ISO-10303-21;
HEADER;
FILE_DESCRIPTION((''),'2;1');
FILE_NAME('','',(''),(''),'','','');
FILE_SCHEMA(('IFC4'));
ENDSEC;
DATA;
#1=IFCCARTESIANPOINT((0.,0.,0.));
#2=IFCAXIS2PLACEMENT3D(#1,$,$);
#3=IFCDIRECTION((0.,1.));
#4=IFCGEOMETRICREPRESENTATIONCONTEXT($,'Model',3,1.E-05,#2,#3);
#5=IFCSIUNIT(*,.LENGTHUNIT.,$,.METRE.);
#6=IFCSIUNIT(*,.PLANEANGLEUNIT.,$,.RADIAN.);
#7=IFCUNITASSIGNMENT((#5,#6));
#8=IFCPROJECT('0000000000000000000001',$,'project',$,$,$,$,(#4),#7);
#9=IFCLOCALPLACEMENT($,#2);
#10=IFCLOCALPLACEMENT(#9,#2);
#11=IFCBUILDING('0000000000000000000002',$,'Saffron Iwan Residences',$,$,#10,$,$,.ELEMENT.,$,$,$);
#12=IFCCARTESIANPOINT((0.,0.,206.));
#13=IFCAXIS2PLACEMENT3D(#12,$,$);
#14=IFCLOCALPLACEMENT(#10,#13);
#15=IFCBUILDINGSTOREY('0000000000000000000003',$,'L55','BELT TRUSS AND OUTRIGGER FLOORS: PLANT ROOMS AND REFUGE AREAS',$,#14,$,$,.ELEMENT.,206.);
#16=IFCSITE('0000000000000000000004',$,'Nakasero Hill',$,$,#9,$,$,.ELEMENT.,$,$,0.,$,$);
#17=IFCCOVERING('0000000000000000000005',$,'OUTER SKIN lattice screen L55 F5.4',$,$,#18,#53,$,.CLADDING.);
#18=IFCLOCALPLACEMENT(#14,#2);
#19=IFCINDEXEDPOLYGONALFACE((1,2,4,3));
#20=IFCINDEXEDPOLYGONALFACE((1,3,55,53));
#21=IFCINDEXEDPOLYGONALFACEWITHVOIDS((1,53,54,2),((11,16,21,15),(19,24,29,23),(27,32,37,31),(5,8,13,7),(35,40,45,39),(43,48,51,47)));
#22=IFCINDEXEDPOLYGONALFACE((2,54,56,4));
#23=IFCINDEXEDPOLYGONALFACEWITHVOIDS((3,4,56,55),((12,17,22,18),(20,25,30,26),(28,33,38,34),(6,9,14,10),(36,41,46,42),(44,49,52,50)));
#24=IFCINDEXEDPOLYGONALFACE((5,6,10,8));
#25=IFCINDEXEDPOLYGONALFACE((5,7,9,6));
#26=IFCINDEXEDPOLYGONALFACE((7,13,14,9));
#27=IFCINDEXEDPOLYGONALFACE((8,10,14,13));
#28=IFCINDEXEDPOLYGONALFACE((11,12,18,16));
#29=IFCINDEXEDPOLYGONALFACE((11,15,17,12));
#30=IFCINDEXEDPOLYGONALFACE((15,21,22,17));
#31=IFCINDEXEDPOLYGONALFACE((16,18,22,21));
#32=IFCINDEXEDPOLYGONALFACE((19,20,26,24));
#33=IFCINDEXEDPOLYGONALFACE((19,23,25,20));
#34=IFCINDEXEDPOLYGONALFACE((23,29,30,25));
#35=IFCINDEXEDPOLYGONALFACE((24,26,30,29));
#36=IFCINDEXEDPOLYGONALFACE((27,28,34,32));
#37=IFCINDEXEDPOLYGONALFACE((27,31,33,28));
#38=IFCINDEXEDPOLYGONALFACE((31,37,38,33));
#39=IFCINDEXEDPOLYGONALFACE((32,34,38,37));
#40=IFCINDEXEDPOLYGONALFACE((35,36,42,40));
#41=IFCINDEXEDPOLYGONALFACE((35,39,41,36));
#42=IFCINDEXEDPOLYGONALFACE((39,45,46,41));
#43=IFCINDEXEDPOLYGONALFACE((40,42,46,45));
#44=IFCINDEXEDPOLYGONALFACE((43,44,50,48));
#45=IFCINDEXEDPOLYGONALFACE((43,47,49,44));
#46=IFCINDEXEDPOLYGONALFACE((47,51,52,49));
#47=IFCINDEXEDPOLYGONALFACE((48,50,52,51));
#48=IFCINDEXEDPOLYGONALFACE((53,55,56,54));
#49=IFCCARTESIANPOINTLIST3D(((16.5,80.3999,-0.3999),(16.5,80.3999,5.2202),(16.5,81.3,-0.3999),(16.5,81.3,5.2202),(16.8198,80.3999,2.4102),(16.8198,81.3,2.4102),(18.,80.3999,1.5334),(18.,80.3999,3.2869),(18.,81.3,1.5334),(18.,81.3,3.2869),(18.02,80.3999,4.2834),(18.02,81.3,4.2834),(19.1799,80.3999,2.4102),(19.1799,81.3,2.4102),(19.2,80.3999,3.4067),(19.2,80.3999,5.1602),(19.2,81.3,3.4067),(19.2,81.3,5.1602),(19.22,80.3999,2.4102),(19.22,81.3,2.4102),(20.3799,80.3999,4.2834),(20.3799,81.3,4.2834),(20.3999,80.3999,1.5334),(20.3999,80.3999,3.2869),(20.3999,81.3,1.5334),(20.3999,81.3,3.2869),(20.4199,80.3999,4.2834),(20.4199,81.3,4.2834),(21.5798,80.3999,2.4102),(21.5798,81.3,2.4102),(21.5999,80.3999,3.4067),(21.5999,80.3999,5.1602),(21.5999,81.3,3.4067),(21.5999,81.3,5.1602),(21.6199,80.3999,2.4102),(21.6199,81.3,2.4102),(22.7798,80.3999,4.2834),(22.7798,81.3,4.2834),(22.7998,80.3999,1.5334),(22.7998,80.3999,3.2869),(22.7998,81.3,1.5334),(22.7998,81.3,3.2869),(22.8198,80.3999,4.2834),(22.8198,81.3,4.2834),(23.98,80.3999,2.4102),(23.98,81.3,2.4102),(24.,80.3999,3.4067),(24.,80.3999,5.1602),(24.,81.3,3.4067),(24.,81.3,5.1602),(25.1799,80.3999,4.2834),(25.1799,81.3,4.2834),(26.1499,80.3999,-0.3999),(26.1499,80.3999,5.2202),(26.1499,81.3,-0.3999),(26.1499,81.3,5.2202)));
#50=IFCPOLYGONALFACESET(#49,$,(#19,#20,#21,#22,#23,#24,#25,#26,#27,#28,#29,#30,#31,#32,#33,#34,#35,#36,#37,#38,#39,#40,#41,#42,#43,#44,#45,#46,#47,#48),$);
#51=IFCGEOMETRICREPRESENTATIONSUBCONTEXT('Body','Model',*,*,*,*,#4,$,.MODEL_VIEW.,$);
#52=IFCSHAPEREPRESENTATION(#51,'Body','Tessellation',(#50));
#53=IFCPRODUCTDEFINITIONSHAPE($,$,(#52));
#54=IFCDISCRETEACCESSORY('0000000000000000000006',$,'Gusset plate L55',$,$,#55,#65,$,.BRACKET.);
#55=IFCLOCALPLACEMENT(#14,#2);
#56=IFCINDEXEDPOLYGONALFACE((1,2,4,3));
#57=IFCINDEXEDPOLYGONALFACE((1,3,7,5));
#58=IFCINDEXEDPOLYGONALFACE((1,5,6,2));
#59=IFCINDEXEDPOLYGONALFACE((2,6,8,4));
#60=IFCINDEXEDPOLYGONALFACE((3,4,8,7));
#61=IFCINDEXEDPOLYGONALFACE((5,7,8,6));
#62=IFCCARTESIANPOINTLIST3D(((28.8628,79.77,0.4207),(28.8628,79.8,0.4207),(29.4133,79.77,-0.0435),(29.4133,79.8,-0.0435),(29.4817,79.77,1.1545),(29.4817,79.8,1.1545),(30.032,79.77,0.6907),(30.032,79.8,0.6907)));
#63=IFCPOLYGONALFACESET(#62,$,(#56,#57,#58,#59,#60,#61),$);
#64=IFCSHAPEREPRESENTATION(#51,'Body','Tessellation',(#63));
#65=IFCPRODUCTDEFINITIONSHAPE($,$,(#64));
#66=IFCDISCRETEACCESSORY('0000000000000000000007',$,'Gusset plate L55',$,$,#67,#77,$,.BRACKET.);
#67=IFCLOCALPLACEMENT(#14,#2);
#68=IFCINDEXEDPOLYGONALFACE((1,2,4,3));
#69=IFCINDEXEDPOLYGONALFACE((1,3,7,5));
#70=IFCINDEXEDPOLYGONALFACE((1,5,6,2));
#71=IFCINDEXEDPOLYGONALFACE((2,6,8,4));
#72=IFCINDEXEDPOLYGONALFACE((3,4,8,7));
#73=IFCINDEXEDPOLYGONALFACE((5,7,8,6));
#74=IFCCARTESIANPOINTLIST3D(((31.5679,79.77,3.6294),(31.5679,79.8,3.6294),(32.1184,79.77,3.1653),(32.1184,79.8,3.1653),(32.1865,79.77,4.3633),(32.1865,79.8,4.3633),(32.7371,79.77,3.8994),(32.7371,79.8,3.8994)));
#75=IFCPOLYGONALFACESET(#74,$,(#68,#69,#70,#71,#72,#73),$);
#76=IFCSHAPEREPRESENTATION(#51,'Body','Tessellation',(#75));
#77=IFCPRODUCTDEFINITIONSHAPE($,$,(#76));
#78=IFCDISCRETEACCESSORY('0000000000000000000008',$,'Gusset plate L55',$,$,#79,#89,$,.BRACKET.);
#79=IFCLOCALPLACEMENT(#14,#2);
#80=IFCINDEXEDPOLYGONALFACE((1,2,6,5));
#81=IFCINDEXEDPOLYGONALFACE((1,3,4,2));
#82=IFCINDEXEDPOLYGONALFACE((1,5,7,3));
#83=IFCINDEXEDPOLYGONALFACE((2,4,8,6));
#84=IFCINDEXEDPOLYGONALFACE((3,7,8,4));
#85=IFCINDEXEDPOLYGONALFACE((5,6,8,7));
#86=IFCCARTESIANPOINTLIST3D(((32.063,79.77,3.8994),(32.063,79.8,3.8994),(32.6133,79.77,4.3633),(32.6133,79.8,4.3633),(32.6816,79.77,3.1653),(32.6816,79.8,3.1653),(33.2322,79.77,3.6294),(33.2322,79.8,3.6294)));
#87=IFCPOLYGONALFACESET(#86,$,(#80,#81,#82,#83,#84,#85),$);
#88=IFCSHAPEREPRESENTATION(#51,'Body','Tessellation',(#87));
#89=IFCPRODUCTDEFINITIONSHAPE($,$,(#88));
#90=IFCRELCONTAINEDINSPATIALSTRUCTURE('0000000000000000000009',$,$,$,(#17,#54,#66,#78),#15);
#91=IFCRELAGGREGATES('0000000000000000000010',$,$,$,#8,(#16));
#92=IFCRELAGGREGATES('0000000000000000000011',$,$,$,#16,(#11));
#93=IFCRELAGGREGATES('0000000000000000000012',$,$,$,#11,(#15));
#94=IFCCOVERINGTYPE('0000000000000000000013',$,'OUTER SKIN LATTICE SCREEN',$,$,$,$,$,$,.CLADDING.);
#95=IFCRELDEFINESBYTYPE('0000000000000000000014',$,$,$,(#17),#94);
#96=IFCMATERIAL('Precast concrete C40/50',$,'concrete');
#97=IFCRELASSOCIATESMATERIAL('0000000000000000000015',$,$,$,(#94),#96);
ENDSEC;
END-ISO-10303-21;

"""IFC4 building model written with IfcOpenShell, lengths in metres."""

from ifc_helpers import new_model, si_unit, direction, frame, origin, place, context, subcontext, project, spatial, polyline, outline, extrude, material, type_object, element, save


model = new_model("IFC4")

# Units and contexts
model_context = context("Model", 3, precision=1e-05, world=origin(), true_north=direction((0.0, 1.0)))
body_context = subcontext(model_context, "Body", "Model", "MODEL_VIEW")
ifc_project = project(units=[si_unit("LENGTHUNIT", "METRE"), si_unit("PLANEANGLEUNIT", "RADIAN")], contexts=[model_context])

# Site, building, storey
site_placement = place(None, origin())
site = spatial("IfcSite", under=ifc_project, at=site_placement, Name="Nakasero Hill", CompositionType="ELEMENT", RefElevation=0.0)
building_placement = place(site_placement, origin())
building = spatial("IfcBuilding", under=site, at=building_placement, Name="Saffron Iwan Residences", CompositionType="ELEMENT")
storey_placement = place(building_placement, frame((0.0, 0.0, 206.0)))
storey = spatial("IfcBuildingStorey", under=building, at=storey_placement, Name="L55", Description="BELT TRUSS AND OUTRIGGER FLOORS: PLANT ROOMS AND REFUGE AREAS", CompositionType="ELEMENT", Elevation=206.0)

# Covering
ifc_material_1 = material(Name="Precast concrete C40/50", Category="concrete")
covering_type = type_object("IfcCoveringType", Name="OUTER SKIN LATTICE SCREEN", PredefinedType="CLADDING", material=ifc_material_1)
covering_placement = place(storey_placement, frame((26.1499, 80.3999, -0.3999), z_axis=(0.0, 1.0, 0.0), x_axis=(-1.0, 0.0, 0.0)))
element("IfcCovering", 1, at=covering_placement, inside=storey, type_object=covering_type, Name="OUTER SKIN lattice screen L55 F5.4", PredefinedType="CLADDING", context=body_context, shape_type="SweptSolid", body=[
    extrude(outline(polyline([(0.0, 0.0), (9.6499, 0.0), (9.6499, 5.6201), (0.0, 5.6201), (0.0, 0.0)]), holes=[polyline([(2.1699, 2.8101), (3.3501, 1.9333), (4.53, 2.8101), (3.3501, 3.6868), (2.1699, 2.8101)]), polyline([(4.5701, 2.8101), (5.75, 1.9333), (6.9299, 2.8101), (5.75, 3.6868), (4.5701, 2.8101)]), polyline([(6.97, 2.8101), (8.1499, 1.9333), (9.3301, 2.8101), (8.1499, 3.6868), (6.97, 2.8101)]), polyline([(0.97, 4.6833), (2.1499, 3.8066), (3.3301, 4.6833), (2.1499, 5.5601), (0.97, 4.6833)]), polyline([(3.3701, 4.6833), (4.55, 3.8066), (5.73, 4.6833), (4.55, 5.5601), (3.3701, 4.6833)]), polyline([(5.77, 4.6833), (6.95, 3.8066), (8.1299, 4.6833), (6.95, 5.5601), (5.77, 4.6833)])]), origin(), (0.0, 0.0, 1.0), 0.9001),
])

# Discrete accessories
discrete_accessory_1_placement = place(storey_placement, frame((28.8628, 79.8, 0.4207), z_axis=(0.0, 1.0, 0.0), x_axis=(0.644676, 0.0, 0.764456)))
element("IfcDiscreteAccessory", 2, at=discrete_accessory_1_placement, inside=storey, Name="Gusset plate L55", PredefinedType="BRACKET", context=body_context, shape_type="SweptSolid", body=[
    extrude(outline(polyline([(0.0, 0.0), (0.96, 0.0), (0.9602, 0.7197), (0.0001, 0.7201), (0.0, 0.0)])), origin(), (0.0, 0.0, -1.0), 0.03),
])
discrete_accessory_2_placement = place(storey_placement, frame((32.7371, 79.8, 3.8994), z_axis=(0.0, 1.0, 0.0), x_axis=(-0.644402, 0.0, -0.764687)))
element("IfcDiscreteAccessory", 3, at=discrete_accessory_2_placement, inside=storey, Name="Gusset plate L55", PredefinedType="BRACKET", context=body_context, shape_type="SweptSolid", body=[
    extrude(outline(polyline([(0.0, 0.0), (0.96, 0.0), (0.9599, 0.7201), (0.0001, 0.7199), (0.0, 0.0)])), origin(), (0.0, 0.0, -1.0), 0.03),
])
discrete_accessory_3_placement = place(storey_placement, frame((32.6133, 79.8, 4.3633), z_axis=(0.0, 1.0, 0.0), x_axis=(0.644676, 0.0, -0.764456)))
element("IfcDiscreteAccessory", 4, at=discrete_accessory_3_placement, inside=storey, Name="Gusset plate L55", PredefinedType="BRACKET", context=body_context, shape_type="SweptSolid", body=[
    extrude(outline(polyline([(0.0, 0.0), (0.96, 0.0), (0.9599, 0.7201), (-0.0002, 0.7197), (0.0, 0.0)])), origin(), (0.0, 0.0, -1.0), 0.03),
])

save(model, "model.ifc")
